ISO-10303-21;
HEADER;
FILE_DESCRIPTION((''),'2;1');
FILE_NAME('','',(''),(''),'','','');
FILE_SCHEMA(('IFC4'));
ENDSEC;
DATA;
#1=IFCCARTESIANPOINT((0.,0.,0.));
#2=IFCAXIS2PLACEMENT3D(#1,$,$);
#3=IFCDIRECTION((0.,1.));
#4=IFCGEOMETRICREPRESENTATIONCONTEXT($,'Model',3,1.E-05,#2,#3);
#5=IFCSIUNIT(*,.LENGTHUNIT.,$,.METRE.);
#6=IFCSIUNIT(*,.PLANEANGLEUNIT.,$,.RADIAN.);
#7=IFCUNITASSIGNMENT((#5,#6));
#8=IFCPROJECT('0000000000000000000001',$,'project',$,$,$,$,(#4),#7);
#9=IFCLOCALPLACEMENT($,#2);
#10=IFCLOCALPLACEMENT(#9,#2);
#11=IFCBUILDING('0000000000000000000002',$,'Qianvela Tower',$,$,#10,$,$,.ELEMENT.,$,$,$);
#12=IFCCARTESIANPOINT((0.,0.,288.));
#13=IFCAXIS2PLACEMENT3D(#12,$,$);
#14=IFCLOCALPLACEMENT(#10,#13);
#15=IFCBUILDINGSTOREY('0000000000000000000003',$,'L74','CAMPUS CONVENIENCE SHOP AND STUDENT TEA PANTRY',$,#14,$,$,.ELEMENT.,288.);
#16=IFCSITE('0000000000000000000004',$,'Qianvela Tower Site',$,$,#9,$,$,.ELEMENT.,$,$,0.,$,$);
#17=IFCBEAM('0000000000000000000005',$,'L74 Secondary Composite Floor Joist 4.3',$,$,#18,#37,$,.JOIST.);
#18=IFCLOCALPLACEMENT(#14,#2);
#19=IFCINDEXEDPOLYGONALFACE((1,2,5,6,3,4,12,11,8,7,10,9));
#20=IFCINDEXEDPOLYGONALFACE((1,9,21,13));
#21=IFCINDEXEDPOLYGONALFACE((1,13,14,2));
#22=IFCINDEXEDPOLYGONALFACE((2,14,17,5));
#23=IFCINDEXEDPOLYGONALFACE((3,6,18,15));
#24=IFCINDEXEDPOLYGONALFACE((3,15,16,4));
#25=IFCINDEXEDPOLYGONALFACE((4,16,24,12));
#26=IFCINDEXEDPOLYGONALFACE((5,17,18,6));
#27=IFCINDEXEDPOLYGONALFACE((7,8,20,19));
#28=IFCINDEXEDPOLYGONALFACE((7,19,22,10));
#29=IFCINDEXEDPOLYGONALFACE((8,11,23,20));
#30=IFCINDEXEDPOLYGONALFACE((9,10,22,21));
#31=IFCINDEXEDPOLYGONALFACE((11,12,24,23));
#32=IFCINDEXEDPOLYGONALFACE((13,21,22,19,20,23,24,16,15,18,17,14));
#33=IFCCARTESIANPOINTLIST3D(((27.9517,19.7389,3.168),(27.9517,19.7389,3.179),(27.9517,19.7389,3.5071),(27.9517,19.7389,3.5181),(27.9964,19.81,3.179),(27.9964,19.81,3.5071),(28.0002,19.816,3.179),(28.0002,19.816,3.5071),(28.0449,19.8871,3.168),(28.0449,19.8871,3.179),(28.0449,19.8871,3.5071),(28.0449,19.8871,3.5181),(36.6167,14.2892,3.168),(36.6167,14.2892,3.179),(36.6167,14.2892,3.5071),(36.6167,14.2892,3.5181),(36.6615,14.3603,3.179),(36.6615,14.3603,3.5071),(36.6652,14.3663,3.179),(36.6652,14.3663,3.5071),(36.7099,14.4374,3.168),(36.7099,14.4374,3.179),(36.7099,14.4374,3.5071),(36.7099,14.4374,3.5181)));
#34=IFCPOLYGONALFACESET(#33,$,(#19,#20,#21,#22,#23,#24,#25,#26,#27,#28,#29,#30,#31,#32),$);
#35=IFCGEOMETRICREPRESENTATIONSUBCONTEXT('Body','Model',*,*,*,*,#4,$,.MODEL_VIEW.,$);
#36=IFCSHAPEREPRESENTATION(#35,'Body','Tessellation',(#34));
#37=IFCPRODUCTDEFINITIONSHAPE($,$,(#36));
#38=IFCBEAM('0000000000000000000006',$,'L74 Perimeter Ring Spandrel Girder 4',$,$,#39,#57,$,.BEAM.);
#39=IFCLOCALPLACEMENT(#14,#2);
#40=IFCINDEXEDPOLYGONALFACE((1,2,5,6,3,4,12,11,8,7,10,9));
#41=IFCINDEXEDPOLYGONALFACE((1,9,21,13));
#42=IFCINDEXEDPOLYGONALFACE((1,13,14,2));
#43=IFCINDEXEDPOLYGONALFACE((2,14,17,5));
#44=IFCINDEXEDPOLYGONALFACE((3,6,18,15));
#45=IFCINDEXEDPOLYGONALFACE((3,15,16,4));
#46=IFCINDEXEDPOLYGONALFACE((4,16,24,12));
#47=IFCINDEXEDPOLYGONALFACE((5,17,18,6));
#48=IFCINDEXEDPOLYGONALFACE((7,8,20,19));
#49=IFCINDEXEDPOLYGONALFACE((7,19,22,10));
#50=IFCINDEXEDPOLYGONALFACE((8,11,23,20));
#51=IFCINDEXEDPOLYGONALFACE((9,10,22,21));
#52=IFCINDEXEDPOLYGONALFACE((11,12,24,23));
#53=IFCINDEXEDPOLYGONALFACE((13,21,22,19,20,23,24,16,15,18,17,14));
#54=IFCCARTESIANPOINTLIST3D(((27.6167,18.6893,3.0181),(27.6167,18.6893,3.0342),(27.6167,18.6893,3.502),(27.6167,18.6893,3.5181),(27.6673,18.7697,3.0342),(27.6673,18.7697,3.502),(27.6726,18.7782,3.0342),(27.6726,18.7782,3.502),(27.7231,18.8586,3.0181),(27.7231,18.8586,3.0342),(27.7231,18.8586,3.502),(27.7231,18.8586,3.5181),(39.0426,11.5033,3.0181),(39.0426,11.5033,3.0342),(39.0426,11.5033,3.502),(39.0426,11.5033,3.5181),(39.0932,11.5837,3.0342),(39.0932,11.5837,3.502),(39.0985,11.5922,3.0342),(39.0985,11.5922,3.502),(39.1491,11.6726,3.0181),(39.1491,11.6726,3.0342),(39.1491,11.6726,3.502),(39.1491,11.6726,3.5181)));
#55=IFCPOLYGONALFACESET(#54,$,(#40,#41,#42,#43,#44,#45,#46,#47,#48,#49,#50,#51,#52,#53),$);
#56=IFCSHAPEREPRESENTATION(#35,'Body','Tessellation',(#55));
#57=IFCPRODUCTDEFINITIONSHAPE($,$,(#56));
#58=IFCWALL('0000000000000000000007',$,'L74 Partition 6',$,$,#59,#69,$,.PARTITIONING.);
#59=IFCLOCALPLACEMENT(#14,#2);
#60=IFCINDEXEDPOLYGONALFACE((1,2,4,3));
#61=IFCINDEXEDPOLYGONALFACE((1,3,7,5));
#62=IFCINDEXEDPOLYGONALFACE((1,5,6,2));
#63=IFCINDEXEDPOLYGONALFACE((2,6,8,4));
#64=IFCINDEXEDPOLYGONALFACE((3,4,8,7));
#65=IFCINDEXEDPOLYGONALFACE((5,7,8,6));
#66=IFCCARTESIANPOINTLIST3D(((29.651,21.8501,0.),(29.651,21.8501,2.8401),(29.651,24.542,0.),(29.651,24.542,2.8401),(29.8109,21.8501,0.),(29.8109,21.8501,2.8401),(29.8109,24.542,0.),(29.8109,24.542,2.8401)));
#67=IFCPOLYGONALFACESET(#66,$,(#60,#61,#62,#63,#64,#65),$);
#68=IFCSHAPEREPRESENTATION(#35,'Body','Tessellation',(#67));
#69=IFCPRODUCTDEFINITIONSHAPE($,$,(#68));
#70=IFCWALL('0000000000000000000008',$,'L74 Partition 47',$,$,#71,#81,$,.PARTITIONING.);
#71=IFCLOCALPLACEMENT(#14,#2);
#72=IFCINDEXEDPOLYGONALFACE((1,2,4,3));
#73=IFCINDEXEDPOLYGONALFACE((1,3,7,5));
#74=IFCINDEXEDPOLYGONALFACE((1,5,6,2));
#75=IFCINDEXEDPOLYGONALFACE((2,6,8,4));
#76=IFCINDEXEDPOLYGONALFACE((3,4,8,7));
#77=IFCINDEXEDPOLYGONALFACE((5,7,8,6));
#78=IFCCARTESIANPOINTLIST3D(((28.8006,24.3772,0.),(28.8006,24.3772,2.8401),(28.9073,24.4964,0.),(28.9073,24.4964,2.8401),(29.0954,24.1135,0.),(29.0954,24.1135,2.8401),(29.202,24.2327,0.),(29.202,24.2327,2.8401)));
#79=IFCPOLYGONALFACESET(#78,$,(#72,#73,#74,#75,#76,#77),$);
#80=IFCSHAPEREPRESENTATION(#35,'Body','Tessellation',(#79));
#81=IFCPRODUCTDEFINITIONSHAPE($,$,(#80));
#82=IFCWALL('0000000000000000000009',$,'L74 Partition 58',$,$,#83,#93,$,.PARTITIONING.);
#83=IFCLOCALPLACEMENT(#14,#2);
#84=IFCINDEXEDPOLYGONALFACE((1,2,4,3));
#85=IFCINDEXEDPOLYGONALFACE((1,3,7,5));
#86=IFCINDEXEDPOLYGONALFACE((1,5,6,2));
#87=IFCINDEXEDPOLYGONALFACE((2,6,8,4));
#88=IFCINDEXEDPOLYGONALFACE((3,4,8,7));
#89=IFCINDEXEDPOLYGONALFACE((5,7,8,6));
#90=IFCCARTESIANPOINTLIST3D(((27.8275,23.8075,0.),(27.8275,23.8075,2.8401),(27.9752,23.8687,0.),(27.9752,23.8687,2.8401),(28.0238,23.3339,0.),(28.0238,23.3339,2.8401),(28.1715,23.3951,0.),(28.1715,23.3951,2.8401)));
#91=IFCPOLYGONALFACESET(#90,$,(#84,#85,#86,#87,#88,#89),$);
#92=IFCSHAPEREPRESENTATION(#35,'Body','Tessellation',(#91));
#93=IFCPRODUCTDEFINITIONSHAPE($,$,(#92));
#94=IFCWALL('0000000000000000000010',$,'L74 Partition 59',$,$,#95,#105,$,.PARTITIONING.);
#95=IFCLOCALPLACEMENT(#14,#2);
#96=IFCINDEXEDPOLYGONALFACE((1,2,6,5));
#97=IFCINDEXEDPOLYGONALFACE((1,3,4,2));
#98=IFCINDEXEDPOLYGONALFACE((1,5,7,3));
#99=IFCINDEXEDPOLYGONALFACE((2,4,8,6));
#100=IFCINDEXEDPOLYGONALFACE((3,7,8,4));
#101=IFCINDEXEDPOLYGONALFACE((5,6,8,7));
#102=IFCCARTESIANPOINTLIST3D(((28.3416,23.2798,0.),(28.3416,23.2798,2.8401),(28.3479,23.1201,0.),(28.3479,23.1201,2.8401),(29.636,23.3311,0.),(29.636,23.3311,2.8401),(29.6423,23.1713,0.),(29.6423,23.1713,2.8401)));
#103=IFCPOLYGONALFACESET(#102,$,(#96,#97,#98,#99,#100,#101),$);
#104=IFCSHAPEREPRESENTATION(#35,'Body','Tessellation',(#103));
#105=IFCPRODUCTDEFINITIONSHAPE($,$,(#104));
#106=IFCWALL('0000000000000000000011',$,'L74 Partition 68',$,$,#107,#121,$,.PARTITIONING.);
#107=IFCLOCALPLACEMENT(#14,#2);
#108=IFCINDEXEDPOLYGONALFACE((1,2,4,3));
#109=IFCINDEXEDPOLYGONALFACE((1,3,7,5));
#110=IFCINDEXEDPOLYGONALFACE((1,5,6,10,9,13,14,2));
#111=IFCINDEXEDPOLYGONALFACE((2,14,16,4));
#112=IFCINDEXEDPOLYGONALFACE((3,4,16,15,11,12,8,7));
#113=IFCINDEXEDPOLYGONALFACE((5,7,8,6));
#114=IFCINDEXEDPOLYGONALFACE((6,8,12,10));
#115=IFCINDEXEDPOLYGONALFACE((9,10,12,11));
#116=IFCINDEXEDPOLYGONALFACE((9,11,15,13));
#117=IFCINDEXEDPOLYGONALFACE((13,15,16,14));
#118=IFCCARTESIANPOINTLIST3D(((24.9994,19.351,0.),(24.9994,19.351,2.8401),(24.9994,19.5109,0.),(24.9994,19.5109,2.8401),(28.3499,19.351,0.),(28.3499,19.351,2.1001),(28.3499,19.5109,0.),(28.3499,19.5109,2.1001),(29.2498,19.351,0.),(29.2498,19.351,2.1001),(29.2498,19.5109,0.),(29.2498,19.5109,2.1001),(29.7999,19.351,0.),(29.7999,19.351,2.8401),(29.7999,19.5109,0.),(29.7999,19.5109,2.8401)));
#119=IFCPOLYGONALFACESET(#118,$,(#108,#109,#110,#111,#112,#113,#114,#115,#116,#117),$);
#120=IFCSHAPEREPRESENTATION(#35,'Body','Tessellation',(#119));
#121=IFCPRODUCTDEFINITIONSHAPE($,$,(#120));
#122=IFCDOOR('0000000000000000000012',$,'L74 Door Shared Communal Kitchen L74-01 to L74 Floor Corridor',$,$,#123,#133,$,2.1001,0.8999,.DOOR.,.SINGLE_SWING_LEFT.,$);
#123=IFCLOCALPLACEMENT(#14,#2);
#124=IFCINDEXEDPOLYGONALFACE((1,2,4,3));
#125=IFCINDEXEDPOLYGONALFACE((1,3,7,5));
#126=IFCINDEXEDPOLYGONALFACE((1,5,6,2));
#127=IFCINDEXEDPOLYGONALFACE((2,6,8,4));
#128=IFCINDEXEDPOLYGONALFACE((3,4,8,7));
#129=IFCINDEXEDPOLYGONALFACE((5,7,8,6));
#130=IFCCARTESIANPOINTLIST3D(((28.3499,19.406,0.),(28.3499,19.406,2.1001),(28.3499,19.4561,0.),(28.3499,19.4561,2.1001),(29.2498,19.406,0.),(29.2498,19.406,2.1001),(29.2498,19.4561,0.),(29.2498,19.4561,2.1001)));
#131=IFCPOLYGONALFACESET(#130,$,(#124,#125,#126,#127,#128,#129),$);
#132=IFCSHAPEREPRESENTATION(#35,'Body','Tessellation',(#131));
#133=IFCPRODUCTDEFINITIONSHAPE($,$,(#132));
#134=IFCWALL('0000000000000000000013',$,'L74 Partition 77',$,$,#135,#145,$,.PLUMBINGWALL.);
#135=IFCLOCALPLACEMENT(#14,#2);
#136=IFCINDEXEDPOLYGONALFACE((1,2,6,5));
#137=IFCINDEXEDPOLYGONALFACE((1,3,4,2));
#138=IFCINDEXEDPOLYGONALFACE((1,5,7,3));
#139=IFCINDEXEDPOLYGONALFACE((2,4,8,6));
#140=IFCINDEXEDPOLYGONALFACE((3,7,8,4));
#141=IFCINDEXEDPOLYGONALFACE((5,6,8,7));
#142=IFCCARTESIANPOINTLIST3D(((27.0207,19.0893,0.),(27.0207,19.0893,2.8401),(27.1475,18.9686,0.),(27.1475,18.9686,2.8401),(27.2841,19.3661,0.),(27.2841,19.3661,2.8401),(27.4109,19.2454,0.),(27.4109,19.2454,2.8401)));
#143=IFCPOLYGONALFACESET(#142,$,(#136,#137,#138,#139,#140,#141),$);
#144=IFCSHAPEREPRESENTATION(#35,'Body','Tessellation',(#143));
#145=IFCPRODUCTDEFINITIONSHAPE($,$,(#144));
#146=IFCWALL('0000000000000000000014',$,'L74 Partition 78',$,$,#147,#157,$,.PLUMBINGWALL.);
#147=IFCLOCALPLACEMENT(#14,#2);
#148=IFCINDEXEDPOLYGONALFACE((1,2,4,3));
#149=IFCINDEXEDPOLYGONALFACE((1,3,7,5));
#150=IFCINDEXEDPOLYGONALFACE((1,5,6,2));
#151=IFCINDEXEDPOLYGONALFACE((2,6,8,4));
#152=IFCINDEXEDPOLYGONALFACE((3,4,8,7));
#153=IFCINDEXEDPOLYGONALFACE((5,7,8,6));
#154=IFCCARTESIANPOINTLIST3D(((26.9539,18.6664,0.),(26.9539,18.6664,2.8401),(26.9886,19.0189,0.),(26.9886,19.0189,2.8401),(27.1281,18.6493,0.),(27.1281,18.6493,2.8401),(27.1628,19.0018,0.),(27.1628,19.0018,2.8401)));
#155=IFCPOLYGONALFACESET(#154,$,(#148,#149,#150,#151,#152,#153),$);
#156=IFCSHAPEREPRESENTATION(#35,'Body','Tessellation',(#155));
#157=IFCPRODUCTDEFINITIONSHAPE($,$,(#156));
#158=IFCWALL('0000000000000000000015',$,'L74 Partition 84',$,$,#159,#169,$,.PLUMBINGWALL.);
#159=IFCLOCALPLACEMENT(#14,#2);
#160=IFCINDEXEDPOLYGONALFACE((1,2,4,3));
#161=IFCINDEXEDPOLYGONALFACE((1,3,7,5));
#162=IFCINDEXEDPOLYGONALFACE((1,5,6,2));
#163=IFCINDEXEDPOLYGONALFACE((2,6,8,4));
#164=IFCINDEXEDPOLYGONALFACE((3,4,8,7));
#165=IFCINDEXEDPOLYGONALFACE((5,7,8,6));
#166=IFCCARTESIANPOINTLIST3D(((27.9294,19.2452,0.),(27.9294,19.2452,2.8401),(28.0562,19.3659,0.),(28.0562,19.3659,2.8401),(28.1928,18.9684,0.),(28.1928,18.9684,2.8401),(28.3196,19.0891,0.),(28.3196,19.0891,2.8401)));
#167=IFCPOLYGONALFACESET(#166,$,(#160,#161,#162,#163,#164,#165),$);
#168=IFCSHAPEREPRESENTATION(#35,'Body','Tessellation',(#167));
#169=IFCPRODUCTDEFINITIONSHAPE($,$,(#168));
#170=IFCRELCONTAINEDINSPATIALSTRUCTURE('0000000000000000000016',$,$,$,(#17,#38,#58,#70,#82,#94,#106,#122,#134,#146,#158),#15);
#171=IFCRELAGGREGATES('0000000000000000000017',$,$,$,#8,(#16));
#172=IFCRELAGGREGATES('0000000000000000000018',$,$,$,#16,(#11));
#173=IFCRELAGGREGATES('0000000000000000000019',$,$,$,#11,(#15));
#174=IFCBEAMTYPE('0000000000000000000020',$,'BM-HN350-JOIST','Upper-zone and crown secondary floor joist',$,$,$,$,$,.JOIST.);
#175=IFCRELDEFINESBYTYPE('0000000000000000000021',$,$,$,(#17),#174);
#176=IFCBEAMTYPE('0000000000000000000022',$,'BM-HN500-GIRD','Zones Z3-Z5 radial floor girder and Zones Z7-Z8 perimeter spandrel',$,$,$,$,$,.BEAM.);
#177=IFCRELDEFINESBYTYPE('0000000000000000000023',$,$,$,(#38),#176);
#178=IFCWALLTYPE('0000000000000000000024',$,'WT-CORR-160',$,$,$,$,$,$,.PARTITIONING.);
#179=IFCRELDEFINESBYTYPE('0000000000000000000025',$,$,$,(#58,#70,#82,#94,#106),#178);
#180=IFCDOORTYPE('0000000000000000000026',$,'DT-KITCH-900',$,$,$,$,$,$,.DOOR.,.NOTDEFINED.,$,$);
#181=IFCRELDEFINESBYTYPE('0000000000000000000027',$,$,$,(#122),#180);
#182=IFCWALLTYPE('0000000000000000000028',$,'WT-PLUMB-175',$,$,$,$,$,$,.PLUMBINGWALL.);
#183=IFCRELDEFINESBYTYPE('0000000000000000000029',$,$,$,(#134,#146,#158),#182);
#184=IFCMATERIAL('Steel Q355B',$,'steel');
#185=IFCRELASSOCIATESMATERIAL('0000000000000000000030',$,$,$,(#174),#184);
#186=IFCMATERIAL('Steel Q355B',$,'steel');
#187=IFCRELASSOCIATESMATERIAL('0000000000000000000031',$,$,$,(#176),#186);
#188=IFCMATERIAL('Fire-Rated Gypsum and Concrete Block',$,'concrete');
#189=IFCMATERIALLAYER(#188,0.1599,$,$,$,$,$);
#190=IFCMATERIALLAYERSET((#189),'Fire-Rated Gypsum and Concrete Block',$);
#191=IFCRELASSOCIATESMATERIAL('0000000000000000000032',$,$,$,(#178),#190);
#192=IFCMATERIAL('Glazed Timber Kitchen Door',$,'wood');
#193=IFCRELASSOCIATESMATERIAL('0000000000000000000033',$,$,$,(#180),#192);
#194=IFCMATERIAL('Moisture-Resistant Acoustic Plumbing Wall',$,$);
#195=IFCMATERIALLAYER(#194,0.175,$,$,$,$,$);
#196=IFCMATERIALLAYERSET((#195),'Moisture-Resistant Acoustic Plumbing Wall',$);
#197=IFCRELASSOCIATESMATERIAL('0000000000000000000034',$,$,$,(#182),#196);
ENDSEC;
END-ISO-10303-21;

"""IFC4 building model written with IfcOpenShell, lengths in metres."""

from ifc_helpers import new_model, si_unit, direction, frame, frame_2d, origin, origin_2d, place, context, subcontext, project, spatial, rectangle, i_section, extrude, material, layer, layer_set, material_profile, profile_set, type_object, element, fill, save


model = new_model("IFC4")

# Units and contexts
model_context = context("Model", 3, precision=1e-05, world=origin(), true_north=direction((0.0, 1.0)))
body_context = subcontext(model_context, "Body", "Model", "MODEL_VIEW")
ifc_project = project(units=[si_unit("LENGTHUNIT", "METRE"), si_unit("PLANEANGLEUNIT", "RADIAN")], contexts=[model_context])

# Site, building, storey
site_placement = place(None, origin())
site = spatial("IfcSite", under=ifc_project, at=site_placement, Name="Qianvela Tower Site", CompositionType="ELEMENT", RefElevation=0.0)
building_placement = place(site_placement, origin())
building = spatial("IfcBuilding", under=site, at=building_placement, Name="Qianvela Tower", CompositionType="ELEMENT")
storey_placement = place(building_placement, frame((0.0, 0.0, 288.0)))
storey = spatial("IfcBuildingStorey", under=building, at=storey_placement, Name="L74", Description="CAMPUS CONVENIENCE SHOP AND STUDENT TEA PANTRY", CompositionType="ELEMENT", Elevation=288.0)

# Beams
ifc_material_1 = material(Name="Steel Q355B", Category="steel")
ifc_material_profile_1 = material_profile(ifc_material_1, i_section(OverallWidth=0.175, OverallDepth=0.3501, WebThickness=0.0071, FlangeThickness=0.011, at=origin_2d()), Name="HN350x175x7x11")
ifc_profile_set_1 = profile_set([ifc_material_profile_1], Name="Steel Q355B")
beam_type_1 = type_object("IfcBeamType", Name="BM-HN350-JOIST", Description="Upper-zone and crown secondary floor joist", PredefinedType="JOIST", material=ifc_profile_set_1)
beam_1_placement = place(storey_placement, frame((27.9983, 19.813, 3.343), z_axis=(0.8465, -0.532389, 0.0), x_axis=(0.532389, 0.8465, 0.0)))
element("IfcBeam", 1, at=beam_1_placement, inside=storey, type_object=beam_type_1, Name="L74 Secondary Composite Floor Joist 4.3", PredefinedType="JOIST", context=body_context, shape_type="SweptSolid", body=[
    extrude(i_section(OverallWidth=0.175, OverallDepth=0.3501, WebThickness=0.0071, FlangeThickness=0.011, at=origin_2d()), origin(), (0.0, 0.0, 1.0), 10.2363),
])
ifc_material_2 = material(Name="Steel Q355B", Category="steel")
ifc_material_profile_2 = material_profile(ifc_material_2, i_section(OverallWidth=0.2, OverallDepth=0.5, WebThickness=0.01, FlangeThickness=0.0161, at=origin_2d()), Name="HN500x200x10x16")
ifc_profile_set_2 = profile_set([ifc_material_profile_2], Name="Steel Q355B")
beam_type_2 = type_object("IfcBeamType", Name="BM-HN500-GIRD", Description="Zones Z3-Z5 radial floor girder and Zones Z7-Z8 perimeter spandrel", PredefinedType="BEAM", material=ifc_profile_set_2)
beam_2_placement = place(storey_placement, frame((27.6699, 18.7739, 3.2681), z_axis=(0.846504, -0.532382, 0.0), x_axis=(0.532382, 0.846504, 0.0)))
element("IfcBeam", 2, at=beam_2_placement, inside=storey, type_object=beam_type_2, Name="L74 Perimeter Ring Spandrel Girder 4", PredefinedType="BEAM", context=body_context, shape_type="SweptSolid", body=[
    extrude(i_section(OverallWidth=0.2, OverallDepth=0.5, WebThickness=0.01, FlangeThickness=0.0161, at=origin_2d()), origin(), (0.0, 0.0, 1.0), 13.4978),
])

# Shared definitions
ifc_material_3 = material(Name="Fire-Rated Gypsum and Concrete Block", Category="concrete")
ifc_layer_1 = layer(ifc_material_3, 0.1599)
ifc_layer_set_1 = layer_set([ifc_layer_1], Name="Fire-Rated Gypsum and Concrete Block")
wall_type_1 = type_object("IfcWallType", Name="WT-CORR-160", PredefinedType="PARTITIONING", material=ifc_layer_set_1)

# Walls
wall_1_placement = place(storey_placement, frame((29.731, 21.8501, 0.0), z_axis=(0.0, 0.0, 1.0), x_axis=(0.0, 1.0, 0.0)))
element("IfcWall", 3, at=wall_1_placement, inside=storey, type_object=wall_type_1, Name="L74 Partition 6", PredefinedType="PARTITIONING", context=body_context, shape_type="SweptSolid", body=[
    extrude(rectangle(XDim=2.6919, YDim=0.1599, at=frame_2d((1.3459, 0.0))), origin(), (0.0, 0.0, 1.0), 2.8401),
])
wall_2_placement = place(storey_placement, frame((29.1487, 24.1731, 0.0), z_axis=(0.0, 0.0, 1.0), x_axis=(-0.745225, 0.666813, 0.0)))
element("IfcWall", 4, at=wall_2_placement, inside=storey, type_object=wall_type_1, Name="L74 Partition 47", PredefinedType="PARTITIONING", context=body_context, shape_type="SweptSolid", body=[
    extrude(rectangle(XDim=0.3955, YDim=0.1599, at=frame_2d((0.1978, 0.0))), origin(), (0.0, 0.0, 1.0), 2.8401),
])
wall_3_placement = place(storey_placement, frame((27.9014, 23.8381, 0.0), z_axis=(0.0, 0.0, 1.0), x_axis=(0.382856, -0.923808, 0.0)))
element("IfcWall", 5, at=wall_3_placement, inside=storey, type_object=wall_type_1, Name="L74 Partition 58", PredefinedType="PARTITIONING", context=body_context, shape_type="SweptSolid", body=[
    extrude(rectangle(XDim=0.5127, YDim=0.1599, at=frame_2d((0.2563, 0.0))), origin(), (0.0, 0.0, 1.0), 2.8401),
])
wall_4_placement = place(storey_placement, frame((28.3447, 23.2, 0.0), z_axis=(0.0, 0.0, 1.0), x_axis=(0.999217, 0.039577, 0.0)))
element("IfcWall", 6, at=wall_4_placement, inside=storey, type_object=wall_type_1, Name="L74 Partition 59", PredefinedType="PARTITIONING", context=body_context, shape_type="SweptSolid", body=[
    extrude(rectangle(XDim=1.2954, YDim=0.1599, at=frame_2d((0.6477, 0.0))), origin(), (0.0, 0.0, 1.0), 2.8401),
])

# Wall, opening, door
wall_5_placement = place(storey_placement, frame((29.8, 19.4309, 0.0), z_axis=(0.0, 0.0, 1.0), x_axis=(-1.0, 0.0, 0.0)))
wall_5 = element("IfcWall", 7, at=wall_5_placement, inside=storey, type_object=wall_type_1, Name="L74 Partition 68", PredefinedType="PARTITIONING", context=body_context, shape_type="SweptSolid", body=[
    extrude(rectangle(XDim=4.8005, YDim=0.1599, at=frame_2d((2.4004, 0.0))), origin(), (0.0, 0.0, 1.0), 2.8401),
])
opening_1_placement = place(wall_5_placement, frame((0.5503, 0.0, 0.0)))
opening_1 = element("IfcOpeningElement", 8, at=opening_1_placement, cuts=wall_5, PredefinedType="OPENING", context=body_context, shape_type="SweptSolid", body=[
    extrude(rectangle(XDim=0.8999, YDim=2.1001, at=frame_2d((0.45, 1.05))), frame((0.0, 0.0898, 0.0), z_axis=(0.0, -1.0, 0.0), x_axis=(1.0, 0.0, 0.0)), (0.0, 0.0, 1.0), 0.1799),
])
ifc_material_4 = material(Name="Glazed Timber Kitchen Door", Category="wood")
door_type_1 = type_object("IfcDoorType", Name="DT-KITCH-900", OperationType="NOTDEFINED", PredefinedType="DOOR", material=ifc_material_4)
door_1_placement = place(opening_1_placement, origin())
door_1 = element("IfcDoor", 9, at=door_1_placement, inside=storey, type_object=door_type_1, Name="L74 Door Shared Communal Kitchen L74-01 to L74 Floor Corridor", OperationType="SINGLE_SWING_LEFT", OverallHeight=2.1001, OverallWidth=0.8999, PredefinedType="DOOR", context=body_context, shape_type="SweptSolid", body=[
    extrude(rectangle(XDim=0.8999, YDim=2.1001, at=frame_2d((0.45, 1.05))), frame((0.0, 0.0249, 0.0), z_axis=(0.0, -1.0, 0.0), x_axis=(1.0, 0.0, 0.0)), (0.0, 0.0, 1.0), 0.05),
])
fill(opening_1, door_1)

# Walls
ifc_material_5 = material(Name="Moisture-Resistant Acoustic Plumbing Wall")
ifc_layer_2 = layer(ifc_material_5, 0.175)
ifc_layer_set_2 = layer_set([ifc_layer_2], Name="Moisture-Resistant Acoustic Plumbing Wall")
wall_type_2 = type_object("IfcWallType", Name="WT-PLUMB-175", PredefinedType="PLUMBINGWALL", material=ifc_layer_set_2)
wall_6_placement = place(storey_placement, frame((27.3474, 19.3057, 0.0), z_axis=(0.0, 0.0, 1.0), x_axis=(-0.68932, -0.724457, 0.0)))
element("IfcWall", 10, at=wall_6_placement, inside=storey, type_object=wall_type_2, Name="L74 Partition 77", PredefinedType="PLUMBINGWALL", context=body_context, shape_type="SweptSolid", body=[
    extrude(rectangle(XDim=0.3821, YDim=0.175, at=frame_2d((0.1909, 0.0))), origin(), (0.0, 0.0, 1.0), 2.8401),
])
wall_7_placement = place(storey_placement, frame((27.0757, 19.0105, 0.0), z_axis=(0.0, 0.0, 1.0), x_axis=(-0.097866, -0.9952, 0.0)))
element("IfcWall", 11, at=wall_7_placement, inside=storey, type_object=wall_type_2, Name="L74 Partition 78", PredefinedType="PLUMBINGWALL", context=body_context, shape_type="SweptSolid", body=[
    extrude(rectangle(XDim=0.3542, YDim=0.175, at=frame_2d((0.1772, 0.0))), origin(), (0.0, 0.0, 1.0), 2.8401),
])
wall_8_placement = place(storey_placement, frame((28.2561, 19.0288, 0.0), z_axis=(0.0, 0.0, 1.0), x_axis=(-0.68932, 0.724457, 0.0)))
element("IfcWall", 12, at=wall_8_placement, inside=storey, type_object=wall_type_2, Name="L74 Partition 84", PredefinedType="PLUMBINGWALL", context=body_context, shape_type="SweptSolid", body=[
    extrude(rectangle(XDim=0.3821, YDim=0.175, at=frame_2d((0.1909, 0.0))), origin(), (0.0, 0.0, 1.0), 2.8401),
])

save(model, "model.ifc")
